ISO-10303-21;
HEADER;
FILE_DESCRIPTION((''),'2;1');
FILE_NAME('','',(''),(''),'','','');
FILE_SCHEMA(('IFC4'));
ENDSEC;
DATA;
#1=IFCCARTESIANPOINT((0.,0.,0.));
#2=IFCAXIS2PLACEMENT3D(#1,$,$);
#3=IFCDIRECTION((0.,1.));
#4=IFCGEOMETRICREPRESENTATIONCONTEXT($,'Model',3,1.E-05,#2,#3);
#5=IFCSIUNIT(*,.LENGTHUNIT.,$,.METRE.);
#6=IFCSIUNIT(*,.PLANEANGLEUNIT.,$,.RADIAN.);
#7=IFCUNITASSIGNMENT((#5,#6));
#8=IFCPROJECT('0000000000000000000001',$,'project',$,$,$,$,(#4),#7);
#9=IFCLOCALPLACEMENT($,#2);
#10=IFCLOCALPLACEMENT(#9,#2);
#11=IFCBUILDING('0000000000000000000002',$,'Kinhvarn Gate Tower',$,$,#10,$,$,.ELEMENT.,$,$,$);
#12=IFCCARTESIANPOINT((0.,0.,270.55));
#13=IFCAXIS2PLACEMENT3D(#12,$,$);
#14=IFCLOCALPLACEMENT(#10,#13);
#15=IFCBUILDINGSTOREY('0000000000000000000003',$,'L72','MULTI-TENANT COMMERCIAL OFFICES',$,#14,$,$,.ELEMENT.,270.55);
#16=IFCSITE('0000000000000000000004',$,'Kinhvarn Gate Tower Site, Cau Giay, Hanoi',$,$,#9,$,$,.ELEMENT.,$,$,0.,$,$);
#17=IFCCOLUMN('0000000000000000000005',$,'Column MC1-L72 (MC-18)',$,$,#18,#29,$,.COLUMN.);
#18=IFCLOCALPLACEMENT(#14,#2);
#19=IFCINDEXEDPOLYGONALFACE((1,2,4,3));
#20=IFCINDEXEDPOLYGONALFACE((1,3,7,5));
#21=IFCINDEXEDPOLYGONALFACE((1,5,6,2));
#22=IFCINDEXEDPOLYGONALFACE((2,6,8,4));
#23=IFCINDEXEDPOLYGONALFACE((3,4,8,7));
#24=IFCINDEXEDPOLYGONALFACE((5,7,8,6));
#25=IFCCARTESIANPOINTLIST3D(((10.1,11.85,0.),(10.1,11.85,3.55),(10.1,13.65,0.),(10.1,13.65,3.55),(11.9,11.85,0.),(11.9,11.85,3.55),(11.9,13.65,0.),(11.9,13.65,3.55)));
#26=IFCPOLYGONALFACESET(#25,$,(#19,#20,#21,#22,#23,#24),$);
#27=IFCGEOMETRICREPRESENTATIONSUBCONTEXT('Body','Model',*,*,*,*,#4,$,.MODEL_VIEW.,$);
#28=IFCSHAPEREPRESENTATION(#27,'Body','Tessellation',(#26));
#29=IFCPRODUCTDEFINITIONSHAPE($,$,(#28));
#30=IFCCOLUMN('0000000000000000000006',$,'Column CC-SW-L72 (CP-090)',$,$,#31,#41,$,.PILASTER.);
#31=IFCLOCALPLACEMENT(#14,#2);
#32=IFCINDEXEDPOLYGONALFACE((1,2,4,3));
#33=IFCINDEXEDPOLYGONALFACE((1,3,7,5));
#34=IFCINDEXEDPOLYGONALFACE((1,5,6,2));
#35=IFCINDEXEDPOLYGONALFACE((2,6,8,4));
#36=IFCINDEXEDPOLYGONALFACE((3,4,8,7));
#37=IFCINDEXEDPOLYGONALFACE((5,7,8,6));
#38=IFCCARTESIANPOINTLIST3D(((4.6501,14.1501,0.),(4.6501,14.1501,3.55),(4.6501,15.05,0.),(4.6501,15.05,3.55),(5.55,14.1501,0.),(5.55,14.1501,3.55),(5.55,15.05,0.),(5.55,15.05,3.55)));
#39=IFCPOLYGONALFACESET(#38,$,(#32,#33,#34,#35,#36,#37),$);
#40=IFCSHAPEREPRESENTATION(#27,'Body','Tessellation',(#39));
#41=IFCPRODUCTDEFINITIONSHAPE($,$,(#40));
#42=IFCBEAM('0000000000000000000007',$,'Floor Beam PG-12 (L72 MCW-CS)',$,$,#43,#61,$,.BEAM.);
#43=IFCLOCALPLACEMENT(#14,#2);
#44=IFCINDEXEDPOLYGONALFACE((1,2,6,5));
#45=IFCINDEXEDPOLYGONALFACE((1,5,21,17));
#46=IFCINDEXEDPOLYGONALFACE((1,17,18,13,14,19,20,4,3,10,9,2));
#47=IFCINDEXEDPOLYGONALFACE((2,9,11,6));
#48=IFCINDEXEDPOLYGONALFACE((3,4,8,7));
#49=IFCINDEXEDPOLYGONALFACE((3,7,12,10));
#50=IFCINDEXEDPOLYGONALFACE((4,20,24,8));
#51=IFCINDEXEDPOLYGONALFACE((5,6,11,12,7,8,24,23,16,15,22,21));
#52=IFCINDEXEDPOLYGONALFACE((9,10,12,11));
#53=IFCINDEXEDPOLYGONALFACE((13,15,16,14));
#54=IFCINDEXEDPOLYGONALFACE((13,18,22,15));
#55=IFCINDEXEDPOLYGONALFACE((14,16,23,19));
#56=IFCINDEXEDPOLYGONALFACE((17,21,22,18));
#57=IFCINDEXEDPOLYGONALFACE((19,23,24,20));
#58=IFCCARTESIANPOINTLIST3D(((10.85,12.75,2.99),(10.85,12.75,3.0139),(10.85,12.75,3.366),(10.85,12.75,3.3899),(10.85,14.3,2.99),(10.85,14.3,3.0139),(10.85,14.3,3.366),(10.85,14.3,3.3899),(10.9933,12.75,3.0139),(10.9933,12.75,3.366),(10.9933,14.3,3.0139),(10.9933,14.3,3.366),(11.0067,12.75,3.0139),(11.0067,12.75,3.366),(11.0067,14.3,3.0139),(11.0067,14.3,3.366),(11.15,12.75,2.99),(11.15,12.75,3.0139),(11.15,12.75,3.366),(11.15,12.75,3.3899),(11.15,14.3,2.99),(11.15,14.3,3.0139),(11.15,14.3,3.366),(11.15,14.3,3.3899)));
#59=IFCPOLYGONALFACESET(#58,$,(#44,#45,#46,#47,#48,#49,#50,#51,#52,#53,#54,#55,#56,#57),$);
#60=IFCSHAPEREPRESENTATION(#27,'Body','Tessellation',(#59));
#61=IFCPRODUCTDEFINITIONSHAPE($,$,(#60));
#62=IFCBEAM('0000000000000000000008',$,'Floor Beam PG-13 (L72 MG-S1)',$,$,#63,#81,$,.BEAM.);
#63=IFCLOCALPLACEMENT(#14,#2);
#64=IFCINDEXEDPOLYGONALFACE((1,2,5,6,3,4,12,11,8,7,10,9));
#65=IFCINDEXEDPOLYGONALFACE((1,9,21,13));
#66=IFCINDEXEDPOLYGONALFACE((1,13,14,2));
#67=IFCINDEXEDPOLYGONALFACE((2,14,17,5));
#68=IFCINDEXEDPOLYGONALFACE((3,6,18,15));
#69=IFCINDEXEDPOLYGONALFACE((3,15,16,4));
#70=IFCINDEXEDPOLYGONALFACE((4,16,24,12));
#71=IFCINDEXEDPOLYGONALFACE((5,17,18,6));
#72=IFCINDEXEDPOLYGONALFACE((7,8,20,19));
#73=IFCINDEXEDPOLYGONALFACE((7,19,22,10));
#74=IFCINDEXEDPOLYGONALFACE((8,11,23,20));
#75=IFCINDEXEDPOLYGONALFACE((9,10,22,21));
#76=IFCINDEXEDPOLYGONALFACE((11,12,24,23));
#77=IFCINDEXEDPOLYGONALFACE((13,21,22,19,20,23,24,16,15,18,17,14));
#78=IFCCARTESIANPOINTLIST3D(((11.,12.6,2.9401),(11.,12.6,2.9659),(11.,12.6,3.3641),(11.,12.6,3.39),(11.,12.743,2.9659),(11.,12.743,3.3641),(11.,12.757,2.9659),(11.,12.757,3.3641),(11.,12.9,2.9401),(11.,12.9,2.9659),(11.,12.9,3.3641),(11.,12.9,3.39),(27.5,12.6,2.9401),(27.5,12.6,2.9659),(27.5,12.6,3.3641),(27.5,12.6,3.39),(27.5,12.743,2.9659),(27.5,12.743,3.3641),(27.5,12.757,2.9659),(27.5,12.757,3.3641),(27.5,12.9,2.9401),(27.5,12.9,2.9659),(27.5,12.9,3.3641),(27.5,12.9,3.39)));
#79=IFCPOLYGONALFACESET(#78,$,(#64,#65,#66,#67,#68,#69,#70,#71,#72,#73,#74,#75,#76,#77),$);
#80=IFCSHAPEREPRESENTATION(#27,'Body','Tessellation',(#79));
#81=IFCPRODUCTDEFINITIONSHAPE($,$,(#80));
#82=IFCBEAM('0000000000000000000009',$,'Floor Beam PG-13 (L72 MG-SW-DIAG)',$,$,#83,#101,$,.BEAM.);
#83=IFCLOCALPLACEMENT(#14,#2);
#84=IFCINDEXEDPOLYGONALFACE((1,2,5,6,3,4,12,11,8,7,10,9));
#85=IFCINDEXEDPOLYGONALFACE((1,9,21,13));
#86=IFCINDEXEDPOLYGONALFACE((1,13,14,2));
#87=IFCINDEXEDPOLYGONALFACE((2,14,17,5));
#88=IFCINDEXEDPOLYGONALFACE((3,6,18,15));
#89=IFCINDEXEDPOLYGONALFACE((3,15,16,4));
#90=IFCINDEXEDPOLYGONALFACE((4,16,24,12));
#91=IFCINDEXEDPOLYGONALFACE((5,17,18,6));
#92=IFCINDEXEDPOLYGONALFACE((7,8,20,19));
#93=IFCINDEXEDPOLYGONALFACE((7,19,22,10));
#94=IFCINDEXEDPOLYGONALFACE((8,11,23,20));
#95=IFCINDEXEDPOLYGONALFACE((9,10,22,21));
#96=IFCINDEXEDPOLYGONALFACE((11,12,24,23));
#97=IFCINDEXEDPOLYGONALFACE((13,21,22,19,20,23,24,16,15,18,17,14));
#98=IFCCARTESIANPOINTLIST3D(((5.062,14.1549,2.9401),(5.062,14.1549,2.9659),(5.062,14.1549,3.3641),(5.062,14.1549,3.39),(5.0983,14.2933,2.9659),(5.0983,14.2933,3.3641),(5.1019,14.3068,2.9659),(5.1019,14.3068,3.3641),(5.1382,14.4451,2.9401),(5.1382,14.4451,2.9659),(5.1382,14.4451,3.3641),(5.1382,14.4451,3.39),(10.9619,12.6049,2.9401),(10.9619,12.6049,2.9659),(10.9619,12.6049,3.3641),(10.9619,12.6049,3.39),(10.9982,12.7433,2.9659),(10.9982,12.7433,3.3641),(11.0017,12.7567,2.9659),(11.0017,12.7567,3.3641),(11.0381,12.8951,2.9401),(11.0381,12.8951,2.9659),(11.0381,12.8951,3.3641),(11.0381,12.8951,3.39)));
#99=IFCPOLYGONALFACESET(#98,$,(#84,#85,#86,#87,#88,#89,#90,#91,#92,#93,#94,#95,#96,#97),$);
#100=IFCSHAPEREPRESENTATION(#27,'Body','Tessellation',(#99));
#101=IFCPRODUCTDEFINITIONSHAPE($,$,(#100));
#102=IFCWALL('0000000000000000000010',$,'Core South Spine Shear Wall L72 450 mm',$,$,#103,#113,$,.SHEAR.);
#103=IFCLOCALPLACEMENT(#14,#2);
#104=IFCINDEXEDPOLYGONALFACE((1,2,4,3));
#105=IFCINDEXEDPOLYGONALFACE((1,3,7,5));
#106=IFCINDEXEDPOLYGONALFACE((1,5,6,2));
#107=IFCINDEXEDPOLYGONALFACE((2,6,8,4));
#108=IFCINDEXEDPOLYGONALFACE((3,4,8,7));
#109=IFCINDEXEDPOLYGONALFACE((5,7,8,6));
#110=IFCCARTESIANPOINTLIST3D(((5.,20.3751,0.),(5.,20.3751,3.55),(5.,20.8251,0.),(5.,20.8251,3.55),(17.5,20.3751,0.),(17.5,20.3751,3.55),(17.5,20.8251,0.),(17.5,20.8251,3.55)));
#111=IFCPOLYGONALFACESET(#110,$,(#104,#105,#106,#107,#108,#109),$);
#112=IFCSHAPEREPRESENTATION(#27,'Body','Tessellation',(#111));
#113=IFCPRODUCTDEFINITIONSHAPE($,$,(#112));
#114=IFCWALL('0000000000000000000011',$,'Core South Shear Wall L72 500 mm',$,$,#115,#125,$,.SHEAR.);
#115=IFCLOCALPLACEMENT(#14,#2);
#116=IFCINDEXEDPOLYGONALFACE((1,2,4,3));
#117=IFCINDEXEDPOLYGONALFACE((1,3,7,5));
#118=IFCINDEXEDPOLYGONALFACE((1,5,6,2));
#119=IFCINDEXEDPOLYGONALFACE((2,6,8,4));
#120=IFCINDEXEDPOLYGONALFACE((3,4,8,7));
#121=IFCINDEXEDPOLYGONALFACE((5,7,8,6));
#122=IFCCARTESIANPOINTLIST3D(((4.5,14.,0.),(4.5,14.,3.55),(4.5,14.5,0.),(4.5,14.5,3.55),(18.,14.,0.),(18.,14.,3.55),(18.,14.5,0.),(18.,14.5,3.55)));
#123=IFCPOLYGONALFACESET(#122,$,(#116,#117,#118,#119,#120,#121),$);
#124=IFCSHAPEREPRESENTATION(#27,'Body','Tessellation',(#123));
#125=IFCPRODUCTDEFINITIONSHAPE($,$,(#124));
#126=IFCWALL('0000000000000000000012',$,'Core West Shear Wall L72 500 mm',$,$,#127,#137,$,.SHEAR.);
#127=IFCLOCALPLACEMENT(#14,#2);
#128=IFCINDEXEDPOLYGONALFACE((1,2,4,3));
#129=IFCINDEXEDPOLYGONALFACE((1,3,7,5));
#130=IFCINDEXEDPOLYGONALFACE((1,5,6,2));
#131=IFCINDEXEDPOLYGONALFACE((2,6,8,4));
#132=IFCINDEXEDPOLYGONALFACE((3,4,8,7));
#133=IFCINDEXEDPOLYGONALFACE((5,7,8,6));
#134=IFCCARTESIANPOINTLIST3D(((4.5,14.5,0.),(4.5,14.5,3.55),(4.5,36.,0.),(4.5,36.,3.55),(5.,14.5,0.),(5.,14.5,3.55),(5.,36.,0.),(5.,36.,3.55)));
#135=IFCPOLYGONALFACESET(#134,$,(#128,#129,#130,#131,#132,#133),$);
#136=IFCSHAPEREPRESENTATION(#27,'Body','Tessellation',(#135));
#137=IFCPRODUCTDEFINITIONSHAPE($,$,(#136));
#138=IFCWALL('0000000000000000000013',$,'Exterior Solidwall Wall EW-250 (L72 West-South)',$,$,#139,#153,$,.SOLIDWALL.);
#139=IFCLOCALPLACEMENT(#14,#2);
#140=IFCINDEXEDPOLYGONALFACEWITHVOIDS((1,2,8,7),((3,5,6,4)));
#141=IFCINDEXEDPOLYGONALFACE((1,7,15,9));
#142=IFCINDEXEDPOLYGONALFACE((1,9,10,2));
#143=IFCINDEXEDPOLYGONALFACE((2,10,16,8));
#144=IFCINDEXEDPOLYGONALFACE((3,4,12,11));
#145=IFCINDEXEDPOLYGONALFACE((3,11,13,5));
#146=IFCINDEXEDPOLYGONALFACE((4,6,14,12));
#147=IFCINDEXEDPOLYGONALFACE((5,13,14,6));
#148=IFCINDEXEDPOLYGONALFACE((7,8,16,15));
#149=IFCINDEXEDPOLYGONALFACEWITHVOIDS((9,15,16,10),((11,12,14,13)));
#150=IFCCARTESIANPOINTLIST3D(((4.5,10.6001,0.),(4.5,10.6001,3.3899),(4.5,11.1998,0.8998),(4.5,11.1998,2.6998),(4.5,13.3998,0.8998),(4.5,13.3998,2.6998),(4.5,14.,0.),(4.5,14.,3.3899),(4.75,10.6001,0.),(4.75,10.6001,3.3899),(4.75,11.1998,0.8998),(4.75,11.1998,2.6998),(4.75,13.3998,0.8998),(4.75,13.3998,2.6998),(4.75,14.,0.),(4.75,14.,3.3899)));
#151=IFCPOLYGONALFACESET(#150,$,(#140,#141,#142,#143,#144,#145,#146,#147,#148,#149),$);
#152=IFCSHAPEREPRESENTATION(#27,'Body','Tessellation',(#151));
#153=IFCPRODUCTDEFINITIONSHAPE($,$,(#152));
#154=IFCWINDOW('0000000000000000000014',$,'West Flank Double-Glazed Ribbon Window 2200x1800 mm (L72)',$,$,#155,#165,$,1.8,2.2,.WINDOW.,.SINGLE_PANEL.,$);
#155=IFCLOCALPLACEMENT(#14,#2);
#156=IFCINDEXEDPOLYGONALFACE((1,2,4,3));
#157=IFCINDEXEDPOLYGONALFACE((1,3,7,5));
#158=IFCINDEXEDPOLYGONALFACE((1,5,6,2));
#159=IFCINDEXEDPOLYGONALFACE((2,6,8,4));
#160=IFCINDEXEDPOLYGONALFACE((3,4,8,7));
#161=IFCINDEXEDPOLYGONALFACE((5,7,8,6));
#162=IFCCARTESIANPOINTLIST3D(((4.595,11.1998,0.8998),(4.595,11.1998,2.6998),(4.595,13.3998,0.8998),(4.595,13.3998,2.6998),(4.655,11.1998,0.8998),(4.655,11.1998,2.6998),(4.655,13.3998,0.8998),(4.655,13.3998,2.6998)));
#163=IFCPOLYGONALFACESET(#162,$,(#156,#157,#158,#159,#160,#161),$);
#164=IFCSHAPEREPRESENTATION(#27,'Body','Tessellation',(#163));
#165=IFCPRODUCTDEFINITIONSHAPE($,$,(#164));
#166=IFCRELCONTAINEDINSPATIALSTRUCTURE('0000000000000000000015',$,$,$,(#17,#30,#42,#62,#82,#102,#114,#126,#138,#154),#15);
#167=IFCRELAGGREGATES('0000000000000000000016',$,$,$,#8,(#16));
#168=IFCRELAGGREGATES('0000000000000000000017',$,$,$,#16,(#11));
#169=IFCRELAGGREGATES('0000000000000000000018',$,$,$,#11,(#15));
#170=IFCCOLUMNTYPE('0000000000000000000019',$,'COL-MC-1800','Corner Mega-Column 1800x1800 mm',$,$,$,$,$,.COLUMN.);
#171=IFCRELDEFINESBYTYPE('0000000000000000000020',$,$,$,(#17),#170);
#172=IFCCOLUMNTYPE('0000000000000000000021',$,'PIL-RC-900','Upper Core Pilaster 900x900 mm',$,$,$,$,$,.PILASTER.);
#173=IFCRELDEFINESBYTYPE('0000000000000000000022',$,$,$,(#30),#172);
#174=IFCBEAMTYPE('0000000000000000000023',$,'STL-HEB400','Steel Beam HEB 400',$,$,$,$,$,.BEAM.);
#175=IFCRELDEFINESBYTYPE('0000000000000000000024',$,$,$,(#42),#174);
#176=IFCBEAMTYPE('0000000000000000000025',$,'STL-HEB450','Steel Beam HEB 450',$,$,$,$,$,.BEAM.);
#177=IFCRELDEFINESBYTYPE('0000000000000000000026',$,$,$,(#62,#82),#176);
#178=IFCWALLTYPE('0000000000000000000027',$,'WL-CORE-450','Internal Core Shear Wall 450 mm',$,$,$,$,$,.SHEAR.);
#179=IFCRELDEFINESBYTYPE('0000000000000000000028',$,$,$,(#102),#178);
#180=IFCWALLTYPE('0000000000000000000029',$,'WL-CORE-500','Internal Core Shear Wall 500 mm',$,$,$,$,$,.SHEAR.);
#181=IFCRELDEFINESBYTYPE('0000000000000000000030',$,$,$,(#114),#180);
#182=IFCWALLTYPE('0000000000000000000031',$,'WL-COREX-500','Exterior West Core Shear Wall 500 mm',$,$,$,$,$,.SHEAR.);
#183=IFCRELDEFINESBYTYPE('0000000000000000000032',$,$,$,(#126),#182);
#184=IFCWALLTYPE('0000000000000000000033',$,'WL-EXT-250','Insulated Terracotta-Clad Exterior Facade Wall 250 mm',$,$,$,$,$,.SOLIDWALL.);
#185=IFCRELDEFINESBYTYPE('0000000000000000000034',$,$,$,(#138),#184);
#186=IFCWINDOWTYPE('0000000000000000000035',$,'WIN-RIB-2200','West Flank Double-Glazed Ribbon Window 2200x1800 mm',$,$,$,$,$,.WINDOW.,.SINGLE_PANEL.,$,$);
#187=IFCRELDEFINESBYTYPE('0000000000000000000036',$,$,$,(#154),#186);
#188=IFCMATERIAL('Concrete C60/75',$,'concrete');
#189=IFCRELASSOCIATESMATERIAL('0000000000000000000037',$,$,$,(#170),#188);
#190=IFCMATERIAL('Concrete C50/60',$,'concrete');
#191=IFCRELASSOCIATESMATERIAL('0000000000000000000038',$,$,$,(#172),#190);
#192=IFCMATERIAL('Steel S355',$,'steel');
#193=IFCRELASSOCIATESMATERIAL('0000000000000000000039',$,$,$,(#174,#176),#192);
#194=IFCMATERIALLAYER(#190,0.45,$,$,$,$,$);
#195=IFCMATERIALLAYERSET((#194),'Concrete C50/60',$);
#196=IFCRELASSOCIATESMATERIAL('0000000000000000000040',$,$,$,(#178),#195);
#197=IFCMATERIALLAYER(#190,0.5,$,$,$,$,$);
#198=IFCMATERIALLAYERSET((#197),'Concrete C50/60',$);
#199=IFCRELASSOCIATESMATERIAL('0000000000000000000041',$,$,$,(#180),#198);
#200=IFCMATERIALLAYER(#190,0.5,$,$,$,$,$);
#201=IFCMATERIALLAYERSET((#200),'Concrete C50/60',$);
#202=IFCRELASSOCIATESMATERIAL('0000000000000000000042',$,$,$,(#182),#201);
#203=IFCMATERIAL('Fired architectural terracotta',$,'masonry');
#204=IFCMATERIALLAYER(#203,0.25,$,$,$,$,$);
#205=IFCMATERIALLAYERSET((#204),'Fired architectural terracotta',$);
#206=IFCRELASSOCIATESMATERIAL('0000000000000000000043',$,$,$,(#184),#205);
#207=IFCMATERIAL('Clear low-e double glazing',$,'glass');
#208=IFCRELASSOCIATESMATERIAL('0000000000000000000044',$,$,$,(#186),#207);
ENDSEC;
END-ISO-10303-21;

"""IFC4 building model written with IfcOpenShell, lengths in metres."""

from ifc_helpers import new_model, si_unit, direction, frame, frame_2d, origin, origin_2d, place, context, subcontext, project, spatial, rectangle, i_section, extrude, material, layer, layer_set, material_profile, profile_set, type_object, element, fill, save


model = new_model("IFC4")

# Units and contexts
model_context = context("Model", 3, precision=1e-05, world=origin(), true_north=direction((0.0, 1.0)))
body_context = subcontext(model_context, "Body", "Model", "MODEL_VIEW")
ifc_project = project(units=[si_unit("LENGTHUNIT", "METRE"), si_unit("PLANEANGLEUNIT", "RADIAN")], contexts=[model_context])

# Site, building, storey
site_placement = place(None, origin())
site = spatial("IfcSite", under=ifc_project, at=site_placement, Name="Kinhvarn Gate Tower Site, Cau Giay, Hanoi", CompositionType="ELEMENT", RefElevation=0.0)
building_placement = place(site_placement, origin())
building = spatial("IfcBuilding", under=site, at=building_placement, Name="Kinhvarn Gate Tower", CompositionType="ELEMENT")
storey_placement = place(building_placement, frame((0.0, 0.0, 270.55)))
storey = spatial("IfcBuildingStorey", under=building, at=storey_placement, Name="L72", Description="MULTI-TENANT COMMERCIAL OFFICES", CompositionType="ELEMENT", Elevation=270.55)

# Columns
ifc_material_1 = material(Name="Concrete C60/75", Category="concrete")
ifc_material_profile_1 = material_profile(ifc_material_1, rectangle(XDim=1.8, YDim=1.8, at=origin_2d()), Name="RC 1800x1800")
ifc_profile_set_1 = profile_set([ifc_material_profile_1], Name="Concrete C60/75")
column_type_1 = type_object("IfcColumnType", Name="COL-MC-1800", Description="Corner Mega-Column 1800x1800 mm", PredefinedType="COLUMN", material=ifc_profile_set_1)
column_1_placement = place(storey_placement, frame((11.0, 12.75, 0.0), z_axis=(0.0, 0.0, 1.0), x_axis=(1.0, 0.0, 0.0)))
element("IfcColumn", 1, at=column_1_placement, inside=storey, type_object=column_type_1, Name="Column MC1-L72 (MC-18)", PredefinedType="COLUMN", context=body_context, shape_type="SweptSolid", body=[
    extrude(rectangle(XDim=1.8, YDim=1.8, at=origin_2d()), origin(), (0.0, 0.0, 1.0), 3.55),
])
ifc_material_2 = material(Name="Concrete C50/60", Category="concrete")
ifc_material_profile_2 = material_profile(ifc_material_2, rectangle(XDim=0.8999, YDim=0.8999, at=origin_2d()), Name="RC 900x900")
ifc_profile_set_2 = profile_set([ifc_material_profile_2], Name="Concrete C50/60")
column_type_2 = type_object("IfcColumnType", Name="PIL-RC-900", Description="Upper Core Pilaster 900x900 mm", PredefinedType="PILASTER", material=ifc_profile_set_2)
column_2_placement = place(storey_placement, frame((5.1001, 14.6001, 0.0), z_axis=(0.0, 0.0, 1.0), x_axis=(1.0, 0.0, 0.0)))
element("IfcColumn", 2, at=column_2_placement, inside=storey, type_object=column_type_2, Name="Column CC-SW-L72 (CP-090)", PredefinedType="PILASTER", context=body_context, shape_type="SweptSolid", body=[
    extrude(rectangle(XDim=0.8999, YDim=0.8999, at=origin_2d()), origin(), (0.0, 0.0, 1.0), 3.55),
])

# Beams
ifc_material_3 = material(Name="Steel S355", Category="steel")
ifc_material_profile_3 = material_profile(ifc_material_3, i_section(OverallWidth=0.3, OverallDepth=0.3999, WebThickness=0.0134, FlangeThickness=0.0239, at=origin_2d()), Name="HEB 400")
ifc_profile_set_3 = profile_set([ifc_material_profile_3], Name="Steel S355")
beam_type_1 = type_object("IfcBeamType", Name="STL-HEB400", Description="Steel Beam HEB 400", PredefinedType="BEAM", material=ifc_profile_set_3)
beam_1_placement = place(storey_placement, frame((11.0, 12.75, 3.1899), z_axis=(0.0, 1.0, 0.0), x_axis=(-1.0, 0.0, 0.0)))
element("IfcBeam", 3, at=beam_1_placement, inside=storey, type_object=beam_type_1, Name="Floor Beam PG-12 (L72 MCW-CS)", PredefinedType="BEAM", context=body_context, shape_type="SweptSolid", body=[
    extrude(i_section(OverallWidth=0.3, OverallDepth=0.3999, WebThickness=0.0134, FlangeThickness=0.0239, at=origin_2d()), origin(), (0.0, 0.0, 1.0), 1.55),
])
ifc_material_profile_4 = material_profile(ifc_material_3, i_section(OverallWidth=0.3, OverallDepth=0.45, WebThickness=0.0139, FlangeThickness=0.0259, at=origin_2d()), Name="HEB 450")
ifc_profile_set_4 = profile_set([ifc_material_profile_4], Name="Steel S355")
beam_type_2 = type_object("IfcBeamType", Name="STL-HEB450", Description="Steel Beam HEB 450", PredefinedType="BEAM", material=ifc_profile_set_4)
beam_2_placement = place(storey_placement, frame((11.0, 12.75, 3.165), z_axis=(1.0, 0.0, 0.0), x_axis=(0.0, 1.0, 0.0)))
element("IfcBeam", 4, at=beam_2_placement, inside=storey, type_object=beam_type_2, Name="Floor Beam PG-13 (L72 MG-S1)", PredefinedType="BEAM", context=body_context, shape_type="SweptSolid", body=[
    extrude(i_section(OverallWidth=0.3, OverallDepth=0.45, WebThickness=0.0139, FlangeThickness=0.0259, at=origin_2d()), origin(), (0.0, 0.0, 1.0), 16.5),
])
beam_3_placement = place(storey_placement, frame((5.1001, 14.3, 3.165), z_axis=(0.967178, -0.254101, 0.0), x_axis=(0.254101, 0.967178, 0.0)))
element("IfcBeam", 5, at=beam_3_placement, inside=storey, type_object=beam_type_2, Name="Floor Beam PG-13 (L72 MG-SW-DIAG)", PredefinedType="BEAM", context=body_context, shape_type="SweptSolid", body=[
    extrude(i_section(OverallWidth=0.3, OverallDepth=0.45, WebThickness=0.0139, FlangeThickness=0.0259, at=origin_2d()), origin(), (0.0, 0.0, 1.0), 6.1001),
])

# Walls
ifc_layer_1 = layer(ifc_material_2, 0.45)
ifc_layer_set_1 = layer_set([ifc_layer_1], Name="Concrete C50/60")
wall_type_1 = type_object("IfcWallType", Name="WL-CORE-450", Description="Internal Core Shear Wall 450 mm", PredefinedType="SHEAR", material=ifc_layer_set_1)
wall_1_placement = place(storey_placement, frame((5.0, 20.6001, 0.0), z_axis=(0.0, 0.0, 1.0), x_axis=(1.0, 0.0, 0.0)))
element("IfcWall", 6, at=wall_1_placement, inside=storey, type_object=wall_type_1, Name="Core South Spine Shear Wall L72 450 mm", PredefinedType="SHEAR", context=body_context, shape_type="SweptSolid", body=[
    extrude(rectangle(XDim=12.5, YDim=0.45, at=frame_2d((6.25, 0.0))), origin(), (0.0, 0.0, 1.0), 3.55),
])
ifc_layer_2 = layer(ifc_material_2, 0.5)
ifc_layer_set_2 = layer_set([ifc_layer_2], Name="Concrete C50/60")
wall_type_2 = type_object("IfcWallType", Name="WL-CORE-500", Description="Internal Core Shear Wall 500 mm", PredefinedType="SHEAR", material=ifc_layer_set_2)
wall_2_placement = place(storey_placement, frame((4.5, 14.25, 0.0), z_axis=(0.0, 0.0, 1.0), x_axis=(1.0, 0.0, 0.0)))
element("IfcWall", 7, at=wall_2_placement, inside=storey, type_object=wall_type_2, Name="Core South Shear Wall L72 500 mm", PredefinedType="SHEAR", context=body_context, shape_type="SweptSolid", body=[
    extrude(rectangle(XDim=13.5, YDim=0.5, at=frame_2d((6.75, 0.0))), origin(), (0.0, 0.0, 1.0), 3.55),
])
ifc_layer_3 = layer(ifc_material_2, 0.5)
ifc_layer_set_3 = layer_set([ifc_layer_3], Name="Concrete C50/60")
wall_type_3 = type_object("IfcWallType", Name="WL-COREX-500", Description="Exterior West Core Shear Wall 500 mm", PredefinedType="SHEAR", material=ifc_layer_set_3)
wall_3_placement = place(storey_placement, frame((4.75, 14.5, 0.0), z_axis=(0.0, 0.0, 1.0), x_axis=(0.0, 1.0, 0.0)))
element("IfcWall", 8, at=wall_3_placement, inside=storey, type_object=wall_type_3, Name="Core West Shear Wall L72 500 mm", PredefinedType="SHEAR", context=body_context, shape_type="SweptSolid", body=[
    extrude(rectangle(XDim=21.5, YDim=0.5, at=frame_2d((10.75, 0.0))), origin(), (0.0, 0.0, 1.0), 3.55),
])

# Wall, opening, window
ifc_material_4 = material(Name="Fired architectural terracotta", Category="masonry")
ifc_layer_4 = layer(ifc_material_4, 0.25)
ifc_layer_set_4 = layer_set([ifc_layer_4], Name="Fired architectural terracotta")
wall_type_4 = type_object("IfcWallType", Name="WL-EXT-250", Description="Insulated Terracotta-Clad Exterior Facade Wall 250 mm", PredefinedType="SOLIDWALL", material=ifc_layer_set_4)
wall_4_placement = place(storey_placement, frame((4.625, 14.0, 0.0), z_axis=(0.0, 0.0, 1.0), x_axis=(0.0, -1.0, 0.0)))
wall_4 = element("IfcWall", 9, at=wall_4_placement, inside=storey, type_object=wall_type_4, Name="Exterior Solidwall Wall EW-250 (L72 West-South)", PredefinedType="SOLIDWALL", context=body_context, shape_type="SweptSolid", body=[
    extrude(rectangle(XDim=3.3999, YDim=0.25, at=frame_2d((1.7, 0.0))), origin(), (0.0, 0.0, 1.0), 3.3899),
])
opening_1_placement = place(wall_4_placement, frame((0.6001, 0.0, 0.8999)))
opening_1 = element("IfcOpeningElement", 10, at=opening_1_placement, cuts=wall_4, PredefinedType="OPENING", context=body_context, shape_type="SweptSolid", body=[
    extrude(rectangle(XDim=2.2, YDim=1.8, at=frame_2d((1.1001, 0.8999))), frame((0.0, 0.135, 0.0), z_axis=(0.0, -1.0, 0.0), x_axis=(1.0, 0.0, 0.0)), (0.0, 0.0, 1.0), 0.27),
])
ifc_material_5 = material(Name="Clear low-e double glazing", Category="glass")
window_type_1 = type_object("IfcWindowType", Name="WIN-RIB-2200", Description="West Flank Double-Glazed Ribbon Window 2200x1800 mm", PartitioningType="SINGLE_PANEL", PredefinedType="WINDOW", material=ifc_material_5)
window_1_placement = place(opening_1_placement, origin())
window_1 = element("IfcWindow", 11, at=window_1_placement, inside=storey, type_object=window_type_1, Name="West Flank Double-Glazed Ribbon Window 2200x1800 mm (L72)", OverallHeight=1.8, OverallWidth=2.2, PartitioningType="SINGLE_PANEL", PredefinedType="WINDOW", context=body_context, shape_type="SweptSolid", body=[
    extrude(rectangle(XDim=2.2, YDim=1.8, at=frame_2d((1.1001, 0.8999))), frame((0.0, 0.03, 0.0), z_axis=(0.0, -1.0, 0.0), x_axis=(1.0, 0.0, 0.0)), (0.0, 0.0, 1.0), 0.0601),
])
fill(opening_1, window_1)

save(model, "model.ifc")
